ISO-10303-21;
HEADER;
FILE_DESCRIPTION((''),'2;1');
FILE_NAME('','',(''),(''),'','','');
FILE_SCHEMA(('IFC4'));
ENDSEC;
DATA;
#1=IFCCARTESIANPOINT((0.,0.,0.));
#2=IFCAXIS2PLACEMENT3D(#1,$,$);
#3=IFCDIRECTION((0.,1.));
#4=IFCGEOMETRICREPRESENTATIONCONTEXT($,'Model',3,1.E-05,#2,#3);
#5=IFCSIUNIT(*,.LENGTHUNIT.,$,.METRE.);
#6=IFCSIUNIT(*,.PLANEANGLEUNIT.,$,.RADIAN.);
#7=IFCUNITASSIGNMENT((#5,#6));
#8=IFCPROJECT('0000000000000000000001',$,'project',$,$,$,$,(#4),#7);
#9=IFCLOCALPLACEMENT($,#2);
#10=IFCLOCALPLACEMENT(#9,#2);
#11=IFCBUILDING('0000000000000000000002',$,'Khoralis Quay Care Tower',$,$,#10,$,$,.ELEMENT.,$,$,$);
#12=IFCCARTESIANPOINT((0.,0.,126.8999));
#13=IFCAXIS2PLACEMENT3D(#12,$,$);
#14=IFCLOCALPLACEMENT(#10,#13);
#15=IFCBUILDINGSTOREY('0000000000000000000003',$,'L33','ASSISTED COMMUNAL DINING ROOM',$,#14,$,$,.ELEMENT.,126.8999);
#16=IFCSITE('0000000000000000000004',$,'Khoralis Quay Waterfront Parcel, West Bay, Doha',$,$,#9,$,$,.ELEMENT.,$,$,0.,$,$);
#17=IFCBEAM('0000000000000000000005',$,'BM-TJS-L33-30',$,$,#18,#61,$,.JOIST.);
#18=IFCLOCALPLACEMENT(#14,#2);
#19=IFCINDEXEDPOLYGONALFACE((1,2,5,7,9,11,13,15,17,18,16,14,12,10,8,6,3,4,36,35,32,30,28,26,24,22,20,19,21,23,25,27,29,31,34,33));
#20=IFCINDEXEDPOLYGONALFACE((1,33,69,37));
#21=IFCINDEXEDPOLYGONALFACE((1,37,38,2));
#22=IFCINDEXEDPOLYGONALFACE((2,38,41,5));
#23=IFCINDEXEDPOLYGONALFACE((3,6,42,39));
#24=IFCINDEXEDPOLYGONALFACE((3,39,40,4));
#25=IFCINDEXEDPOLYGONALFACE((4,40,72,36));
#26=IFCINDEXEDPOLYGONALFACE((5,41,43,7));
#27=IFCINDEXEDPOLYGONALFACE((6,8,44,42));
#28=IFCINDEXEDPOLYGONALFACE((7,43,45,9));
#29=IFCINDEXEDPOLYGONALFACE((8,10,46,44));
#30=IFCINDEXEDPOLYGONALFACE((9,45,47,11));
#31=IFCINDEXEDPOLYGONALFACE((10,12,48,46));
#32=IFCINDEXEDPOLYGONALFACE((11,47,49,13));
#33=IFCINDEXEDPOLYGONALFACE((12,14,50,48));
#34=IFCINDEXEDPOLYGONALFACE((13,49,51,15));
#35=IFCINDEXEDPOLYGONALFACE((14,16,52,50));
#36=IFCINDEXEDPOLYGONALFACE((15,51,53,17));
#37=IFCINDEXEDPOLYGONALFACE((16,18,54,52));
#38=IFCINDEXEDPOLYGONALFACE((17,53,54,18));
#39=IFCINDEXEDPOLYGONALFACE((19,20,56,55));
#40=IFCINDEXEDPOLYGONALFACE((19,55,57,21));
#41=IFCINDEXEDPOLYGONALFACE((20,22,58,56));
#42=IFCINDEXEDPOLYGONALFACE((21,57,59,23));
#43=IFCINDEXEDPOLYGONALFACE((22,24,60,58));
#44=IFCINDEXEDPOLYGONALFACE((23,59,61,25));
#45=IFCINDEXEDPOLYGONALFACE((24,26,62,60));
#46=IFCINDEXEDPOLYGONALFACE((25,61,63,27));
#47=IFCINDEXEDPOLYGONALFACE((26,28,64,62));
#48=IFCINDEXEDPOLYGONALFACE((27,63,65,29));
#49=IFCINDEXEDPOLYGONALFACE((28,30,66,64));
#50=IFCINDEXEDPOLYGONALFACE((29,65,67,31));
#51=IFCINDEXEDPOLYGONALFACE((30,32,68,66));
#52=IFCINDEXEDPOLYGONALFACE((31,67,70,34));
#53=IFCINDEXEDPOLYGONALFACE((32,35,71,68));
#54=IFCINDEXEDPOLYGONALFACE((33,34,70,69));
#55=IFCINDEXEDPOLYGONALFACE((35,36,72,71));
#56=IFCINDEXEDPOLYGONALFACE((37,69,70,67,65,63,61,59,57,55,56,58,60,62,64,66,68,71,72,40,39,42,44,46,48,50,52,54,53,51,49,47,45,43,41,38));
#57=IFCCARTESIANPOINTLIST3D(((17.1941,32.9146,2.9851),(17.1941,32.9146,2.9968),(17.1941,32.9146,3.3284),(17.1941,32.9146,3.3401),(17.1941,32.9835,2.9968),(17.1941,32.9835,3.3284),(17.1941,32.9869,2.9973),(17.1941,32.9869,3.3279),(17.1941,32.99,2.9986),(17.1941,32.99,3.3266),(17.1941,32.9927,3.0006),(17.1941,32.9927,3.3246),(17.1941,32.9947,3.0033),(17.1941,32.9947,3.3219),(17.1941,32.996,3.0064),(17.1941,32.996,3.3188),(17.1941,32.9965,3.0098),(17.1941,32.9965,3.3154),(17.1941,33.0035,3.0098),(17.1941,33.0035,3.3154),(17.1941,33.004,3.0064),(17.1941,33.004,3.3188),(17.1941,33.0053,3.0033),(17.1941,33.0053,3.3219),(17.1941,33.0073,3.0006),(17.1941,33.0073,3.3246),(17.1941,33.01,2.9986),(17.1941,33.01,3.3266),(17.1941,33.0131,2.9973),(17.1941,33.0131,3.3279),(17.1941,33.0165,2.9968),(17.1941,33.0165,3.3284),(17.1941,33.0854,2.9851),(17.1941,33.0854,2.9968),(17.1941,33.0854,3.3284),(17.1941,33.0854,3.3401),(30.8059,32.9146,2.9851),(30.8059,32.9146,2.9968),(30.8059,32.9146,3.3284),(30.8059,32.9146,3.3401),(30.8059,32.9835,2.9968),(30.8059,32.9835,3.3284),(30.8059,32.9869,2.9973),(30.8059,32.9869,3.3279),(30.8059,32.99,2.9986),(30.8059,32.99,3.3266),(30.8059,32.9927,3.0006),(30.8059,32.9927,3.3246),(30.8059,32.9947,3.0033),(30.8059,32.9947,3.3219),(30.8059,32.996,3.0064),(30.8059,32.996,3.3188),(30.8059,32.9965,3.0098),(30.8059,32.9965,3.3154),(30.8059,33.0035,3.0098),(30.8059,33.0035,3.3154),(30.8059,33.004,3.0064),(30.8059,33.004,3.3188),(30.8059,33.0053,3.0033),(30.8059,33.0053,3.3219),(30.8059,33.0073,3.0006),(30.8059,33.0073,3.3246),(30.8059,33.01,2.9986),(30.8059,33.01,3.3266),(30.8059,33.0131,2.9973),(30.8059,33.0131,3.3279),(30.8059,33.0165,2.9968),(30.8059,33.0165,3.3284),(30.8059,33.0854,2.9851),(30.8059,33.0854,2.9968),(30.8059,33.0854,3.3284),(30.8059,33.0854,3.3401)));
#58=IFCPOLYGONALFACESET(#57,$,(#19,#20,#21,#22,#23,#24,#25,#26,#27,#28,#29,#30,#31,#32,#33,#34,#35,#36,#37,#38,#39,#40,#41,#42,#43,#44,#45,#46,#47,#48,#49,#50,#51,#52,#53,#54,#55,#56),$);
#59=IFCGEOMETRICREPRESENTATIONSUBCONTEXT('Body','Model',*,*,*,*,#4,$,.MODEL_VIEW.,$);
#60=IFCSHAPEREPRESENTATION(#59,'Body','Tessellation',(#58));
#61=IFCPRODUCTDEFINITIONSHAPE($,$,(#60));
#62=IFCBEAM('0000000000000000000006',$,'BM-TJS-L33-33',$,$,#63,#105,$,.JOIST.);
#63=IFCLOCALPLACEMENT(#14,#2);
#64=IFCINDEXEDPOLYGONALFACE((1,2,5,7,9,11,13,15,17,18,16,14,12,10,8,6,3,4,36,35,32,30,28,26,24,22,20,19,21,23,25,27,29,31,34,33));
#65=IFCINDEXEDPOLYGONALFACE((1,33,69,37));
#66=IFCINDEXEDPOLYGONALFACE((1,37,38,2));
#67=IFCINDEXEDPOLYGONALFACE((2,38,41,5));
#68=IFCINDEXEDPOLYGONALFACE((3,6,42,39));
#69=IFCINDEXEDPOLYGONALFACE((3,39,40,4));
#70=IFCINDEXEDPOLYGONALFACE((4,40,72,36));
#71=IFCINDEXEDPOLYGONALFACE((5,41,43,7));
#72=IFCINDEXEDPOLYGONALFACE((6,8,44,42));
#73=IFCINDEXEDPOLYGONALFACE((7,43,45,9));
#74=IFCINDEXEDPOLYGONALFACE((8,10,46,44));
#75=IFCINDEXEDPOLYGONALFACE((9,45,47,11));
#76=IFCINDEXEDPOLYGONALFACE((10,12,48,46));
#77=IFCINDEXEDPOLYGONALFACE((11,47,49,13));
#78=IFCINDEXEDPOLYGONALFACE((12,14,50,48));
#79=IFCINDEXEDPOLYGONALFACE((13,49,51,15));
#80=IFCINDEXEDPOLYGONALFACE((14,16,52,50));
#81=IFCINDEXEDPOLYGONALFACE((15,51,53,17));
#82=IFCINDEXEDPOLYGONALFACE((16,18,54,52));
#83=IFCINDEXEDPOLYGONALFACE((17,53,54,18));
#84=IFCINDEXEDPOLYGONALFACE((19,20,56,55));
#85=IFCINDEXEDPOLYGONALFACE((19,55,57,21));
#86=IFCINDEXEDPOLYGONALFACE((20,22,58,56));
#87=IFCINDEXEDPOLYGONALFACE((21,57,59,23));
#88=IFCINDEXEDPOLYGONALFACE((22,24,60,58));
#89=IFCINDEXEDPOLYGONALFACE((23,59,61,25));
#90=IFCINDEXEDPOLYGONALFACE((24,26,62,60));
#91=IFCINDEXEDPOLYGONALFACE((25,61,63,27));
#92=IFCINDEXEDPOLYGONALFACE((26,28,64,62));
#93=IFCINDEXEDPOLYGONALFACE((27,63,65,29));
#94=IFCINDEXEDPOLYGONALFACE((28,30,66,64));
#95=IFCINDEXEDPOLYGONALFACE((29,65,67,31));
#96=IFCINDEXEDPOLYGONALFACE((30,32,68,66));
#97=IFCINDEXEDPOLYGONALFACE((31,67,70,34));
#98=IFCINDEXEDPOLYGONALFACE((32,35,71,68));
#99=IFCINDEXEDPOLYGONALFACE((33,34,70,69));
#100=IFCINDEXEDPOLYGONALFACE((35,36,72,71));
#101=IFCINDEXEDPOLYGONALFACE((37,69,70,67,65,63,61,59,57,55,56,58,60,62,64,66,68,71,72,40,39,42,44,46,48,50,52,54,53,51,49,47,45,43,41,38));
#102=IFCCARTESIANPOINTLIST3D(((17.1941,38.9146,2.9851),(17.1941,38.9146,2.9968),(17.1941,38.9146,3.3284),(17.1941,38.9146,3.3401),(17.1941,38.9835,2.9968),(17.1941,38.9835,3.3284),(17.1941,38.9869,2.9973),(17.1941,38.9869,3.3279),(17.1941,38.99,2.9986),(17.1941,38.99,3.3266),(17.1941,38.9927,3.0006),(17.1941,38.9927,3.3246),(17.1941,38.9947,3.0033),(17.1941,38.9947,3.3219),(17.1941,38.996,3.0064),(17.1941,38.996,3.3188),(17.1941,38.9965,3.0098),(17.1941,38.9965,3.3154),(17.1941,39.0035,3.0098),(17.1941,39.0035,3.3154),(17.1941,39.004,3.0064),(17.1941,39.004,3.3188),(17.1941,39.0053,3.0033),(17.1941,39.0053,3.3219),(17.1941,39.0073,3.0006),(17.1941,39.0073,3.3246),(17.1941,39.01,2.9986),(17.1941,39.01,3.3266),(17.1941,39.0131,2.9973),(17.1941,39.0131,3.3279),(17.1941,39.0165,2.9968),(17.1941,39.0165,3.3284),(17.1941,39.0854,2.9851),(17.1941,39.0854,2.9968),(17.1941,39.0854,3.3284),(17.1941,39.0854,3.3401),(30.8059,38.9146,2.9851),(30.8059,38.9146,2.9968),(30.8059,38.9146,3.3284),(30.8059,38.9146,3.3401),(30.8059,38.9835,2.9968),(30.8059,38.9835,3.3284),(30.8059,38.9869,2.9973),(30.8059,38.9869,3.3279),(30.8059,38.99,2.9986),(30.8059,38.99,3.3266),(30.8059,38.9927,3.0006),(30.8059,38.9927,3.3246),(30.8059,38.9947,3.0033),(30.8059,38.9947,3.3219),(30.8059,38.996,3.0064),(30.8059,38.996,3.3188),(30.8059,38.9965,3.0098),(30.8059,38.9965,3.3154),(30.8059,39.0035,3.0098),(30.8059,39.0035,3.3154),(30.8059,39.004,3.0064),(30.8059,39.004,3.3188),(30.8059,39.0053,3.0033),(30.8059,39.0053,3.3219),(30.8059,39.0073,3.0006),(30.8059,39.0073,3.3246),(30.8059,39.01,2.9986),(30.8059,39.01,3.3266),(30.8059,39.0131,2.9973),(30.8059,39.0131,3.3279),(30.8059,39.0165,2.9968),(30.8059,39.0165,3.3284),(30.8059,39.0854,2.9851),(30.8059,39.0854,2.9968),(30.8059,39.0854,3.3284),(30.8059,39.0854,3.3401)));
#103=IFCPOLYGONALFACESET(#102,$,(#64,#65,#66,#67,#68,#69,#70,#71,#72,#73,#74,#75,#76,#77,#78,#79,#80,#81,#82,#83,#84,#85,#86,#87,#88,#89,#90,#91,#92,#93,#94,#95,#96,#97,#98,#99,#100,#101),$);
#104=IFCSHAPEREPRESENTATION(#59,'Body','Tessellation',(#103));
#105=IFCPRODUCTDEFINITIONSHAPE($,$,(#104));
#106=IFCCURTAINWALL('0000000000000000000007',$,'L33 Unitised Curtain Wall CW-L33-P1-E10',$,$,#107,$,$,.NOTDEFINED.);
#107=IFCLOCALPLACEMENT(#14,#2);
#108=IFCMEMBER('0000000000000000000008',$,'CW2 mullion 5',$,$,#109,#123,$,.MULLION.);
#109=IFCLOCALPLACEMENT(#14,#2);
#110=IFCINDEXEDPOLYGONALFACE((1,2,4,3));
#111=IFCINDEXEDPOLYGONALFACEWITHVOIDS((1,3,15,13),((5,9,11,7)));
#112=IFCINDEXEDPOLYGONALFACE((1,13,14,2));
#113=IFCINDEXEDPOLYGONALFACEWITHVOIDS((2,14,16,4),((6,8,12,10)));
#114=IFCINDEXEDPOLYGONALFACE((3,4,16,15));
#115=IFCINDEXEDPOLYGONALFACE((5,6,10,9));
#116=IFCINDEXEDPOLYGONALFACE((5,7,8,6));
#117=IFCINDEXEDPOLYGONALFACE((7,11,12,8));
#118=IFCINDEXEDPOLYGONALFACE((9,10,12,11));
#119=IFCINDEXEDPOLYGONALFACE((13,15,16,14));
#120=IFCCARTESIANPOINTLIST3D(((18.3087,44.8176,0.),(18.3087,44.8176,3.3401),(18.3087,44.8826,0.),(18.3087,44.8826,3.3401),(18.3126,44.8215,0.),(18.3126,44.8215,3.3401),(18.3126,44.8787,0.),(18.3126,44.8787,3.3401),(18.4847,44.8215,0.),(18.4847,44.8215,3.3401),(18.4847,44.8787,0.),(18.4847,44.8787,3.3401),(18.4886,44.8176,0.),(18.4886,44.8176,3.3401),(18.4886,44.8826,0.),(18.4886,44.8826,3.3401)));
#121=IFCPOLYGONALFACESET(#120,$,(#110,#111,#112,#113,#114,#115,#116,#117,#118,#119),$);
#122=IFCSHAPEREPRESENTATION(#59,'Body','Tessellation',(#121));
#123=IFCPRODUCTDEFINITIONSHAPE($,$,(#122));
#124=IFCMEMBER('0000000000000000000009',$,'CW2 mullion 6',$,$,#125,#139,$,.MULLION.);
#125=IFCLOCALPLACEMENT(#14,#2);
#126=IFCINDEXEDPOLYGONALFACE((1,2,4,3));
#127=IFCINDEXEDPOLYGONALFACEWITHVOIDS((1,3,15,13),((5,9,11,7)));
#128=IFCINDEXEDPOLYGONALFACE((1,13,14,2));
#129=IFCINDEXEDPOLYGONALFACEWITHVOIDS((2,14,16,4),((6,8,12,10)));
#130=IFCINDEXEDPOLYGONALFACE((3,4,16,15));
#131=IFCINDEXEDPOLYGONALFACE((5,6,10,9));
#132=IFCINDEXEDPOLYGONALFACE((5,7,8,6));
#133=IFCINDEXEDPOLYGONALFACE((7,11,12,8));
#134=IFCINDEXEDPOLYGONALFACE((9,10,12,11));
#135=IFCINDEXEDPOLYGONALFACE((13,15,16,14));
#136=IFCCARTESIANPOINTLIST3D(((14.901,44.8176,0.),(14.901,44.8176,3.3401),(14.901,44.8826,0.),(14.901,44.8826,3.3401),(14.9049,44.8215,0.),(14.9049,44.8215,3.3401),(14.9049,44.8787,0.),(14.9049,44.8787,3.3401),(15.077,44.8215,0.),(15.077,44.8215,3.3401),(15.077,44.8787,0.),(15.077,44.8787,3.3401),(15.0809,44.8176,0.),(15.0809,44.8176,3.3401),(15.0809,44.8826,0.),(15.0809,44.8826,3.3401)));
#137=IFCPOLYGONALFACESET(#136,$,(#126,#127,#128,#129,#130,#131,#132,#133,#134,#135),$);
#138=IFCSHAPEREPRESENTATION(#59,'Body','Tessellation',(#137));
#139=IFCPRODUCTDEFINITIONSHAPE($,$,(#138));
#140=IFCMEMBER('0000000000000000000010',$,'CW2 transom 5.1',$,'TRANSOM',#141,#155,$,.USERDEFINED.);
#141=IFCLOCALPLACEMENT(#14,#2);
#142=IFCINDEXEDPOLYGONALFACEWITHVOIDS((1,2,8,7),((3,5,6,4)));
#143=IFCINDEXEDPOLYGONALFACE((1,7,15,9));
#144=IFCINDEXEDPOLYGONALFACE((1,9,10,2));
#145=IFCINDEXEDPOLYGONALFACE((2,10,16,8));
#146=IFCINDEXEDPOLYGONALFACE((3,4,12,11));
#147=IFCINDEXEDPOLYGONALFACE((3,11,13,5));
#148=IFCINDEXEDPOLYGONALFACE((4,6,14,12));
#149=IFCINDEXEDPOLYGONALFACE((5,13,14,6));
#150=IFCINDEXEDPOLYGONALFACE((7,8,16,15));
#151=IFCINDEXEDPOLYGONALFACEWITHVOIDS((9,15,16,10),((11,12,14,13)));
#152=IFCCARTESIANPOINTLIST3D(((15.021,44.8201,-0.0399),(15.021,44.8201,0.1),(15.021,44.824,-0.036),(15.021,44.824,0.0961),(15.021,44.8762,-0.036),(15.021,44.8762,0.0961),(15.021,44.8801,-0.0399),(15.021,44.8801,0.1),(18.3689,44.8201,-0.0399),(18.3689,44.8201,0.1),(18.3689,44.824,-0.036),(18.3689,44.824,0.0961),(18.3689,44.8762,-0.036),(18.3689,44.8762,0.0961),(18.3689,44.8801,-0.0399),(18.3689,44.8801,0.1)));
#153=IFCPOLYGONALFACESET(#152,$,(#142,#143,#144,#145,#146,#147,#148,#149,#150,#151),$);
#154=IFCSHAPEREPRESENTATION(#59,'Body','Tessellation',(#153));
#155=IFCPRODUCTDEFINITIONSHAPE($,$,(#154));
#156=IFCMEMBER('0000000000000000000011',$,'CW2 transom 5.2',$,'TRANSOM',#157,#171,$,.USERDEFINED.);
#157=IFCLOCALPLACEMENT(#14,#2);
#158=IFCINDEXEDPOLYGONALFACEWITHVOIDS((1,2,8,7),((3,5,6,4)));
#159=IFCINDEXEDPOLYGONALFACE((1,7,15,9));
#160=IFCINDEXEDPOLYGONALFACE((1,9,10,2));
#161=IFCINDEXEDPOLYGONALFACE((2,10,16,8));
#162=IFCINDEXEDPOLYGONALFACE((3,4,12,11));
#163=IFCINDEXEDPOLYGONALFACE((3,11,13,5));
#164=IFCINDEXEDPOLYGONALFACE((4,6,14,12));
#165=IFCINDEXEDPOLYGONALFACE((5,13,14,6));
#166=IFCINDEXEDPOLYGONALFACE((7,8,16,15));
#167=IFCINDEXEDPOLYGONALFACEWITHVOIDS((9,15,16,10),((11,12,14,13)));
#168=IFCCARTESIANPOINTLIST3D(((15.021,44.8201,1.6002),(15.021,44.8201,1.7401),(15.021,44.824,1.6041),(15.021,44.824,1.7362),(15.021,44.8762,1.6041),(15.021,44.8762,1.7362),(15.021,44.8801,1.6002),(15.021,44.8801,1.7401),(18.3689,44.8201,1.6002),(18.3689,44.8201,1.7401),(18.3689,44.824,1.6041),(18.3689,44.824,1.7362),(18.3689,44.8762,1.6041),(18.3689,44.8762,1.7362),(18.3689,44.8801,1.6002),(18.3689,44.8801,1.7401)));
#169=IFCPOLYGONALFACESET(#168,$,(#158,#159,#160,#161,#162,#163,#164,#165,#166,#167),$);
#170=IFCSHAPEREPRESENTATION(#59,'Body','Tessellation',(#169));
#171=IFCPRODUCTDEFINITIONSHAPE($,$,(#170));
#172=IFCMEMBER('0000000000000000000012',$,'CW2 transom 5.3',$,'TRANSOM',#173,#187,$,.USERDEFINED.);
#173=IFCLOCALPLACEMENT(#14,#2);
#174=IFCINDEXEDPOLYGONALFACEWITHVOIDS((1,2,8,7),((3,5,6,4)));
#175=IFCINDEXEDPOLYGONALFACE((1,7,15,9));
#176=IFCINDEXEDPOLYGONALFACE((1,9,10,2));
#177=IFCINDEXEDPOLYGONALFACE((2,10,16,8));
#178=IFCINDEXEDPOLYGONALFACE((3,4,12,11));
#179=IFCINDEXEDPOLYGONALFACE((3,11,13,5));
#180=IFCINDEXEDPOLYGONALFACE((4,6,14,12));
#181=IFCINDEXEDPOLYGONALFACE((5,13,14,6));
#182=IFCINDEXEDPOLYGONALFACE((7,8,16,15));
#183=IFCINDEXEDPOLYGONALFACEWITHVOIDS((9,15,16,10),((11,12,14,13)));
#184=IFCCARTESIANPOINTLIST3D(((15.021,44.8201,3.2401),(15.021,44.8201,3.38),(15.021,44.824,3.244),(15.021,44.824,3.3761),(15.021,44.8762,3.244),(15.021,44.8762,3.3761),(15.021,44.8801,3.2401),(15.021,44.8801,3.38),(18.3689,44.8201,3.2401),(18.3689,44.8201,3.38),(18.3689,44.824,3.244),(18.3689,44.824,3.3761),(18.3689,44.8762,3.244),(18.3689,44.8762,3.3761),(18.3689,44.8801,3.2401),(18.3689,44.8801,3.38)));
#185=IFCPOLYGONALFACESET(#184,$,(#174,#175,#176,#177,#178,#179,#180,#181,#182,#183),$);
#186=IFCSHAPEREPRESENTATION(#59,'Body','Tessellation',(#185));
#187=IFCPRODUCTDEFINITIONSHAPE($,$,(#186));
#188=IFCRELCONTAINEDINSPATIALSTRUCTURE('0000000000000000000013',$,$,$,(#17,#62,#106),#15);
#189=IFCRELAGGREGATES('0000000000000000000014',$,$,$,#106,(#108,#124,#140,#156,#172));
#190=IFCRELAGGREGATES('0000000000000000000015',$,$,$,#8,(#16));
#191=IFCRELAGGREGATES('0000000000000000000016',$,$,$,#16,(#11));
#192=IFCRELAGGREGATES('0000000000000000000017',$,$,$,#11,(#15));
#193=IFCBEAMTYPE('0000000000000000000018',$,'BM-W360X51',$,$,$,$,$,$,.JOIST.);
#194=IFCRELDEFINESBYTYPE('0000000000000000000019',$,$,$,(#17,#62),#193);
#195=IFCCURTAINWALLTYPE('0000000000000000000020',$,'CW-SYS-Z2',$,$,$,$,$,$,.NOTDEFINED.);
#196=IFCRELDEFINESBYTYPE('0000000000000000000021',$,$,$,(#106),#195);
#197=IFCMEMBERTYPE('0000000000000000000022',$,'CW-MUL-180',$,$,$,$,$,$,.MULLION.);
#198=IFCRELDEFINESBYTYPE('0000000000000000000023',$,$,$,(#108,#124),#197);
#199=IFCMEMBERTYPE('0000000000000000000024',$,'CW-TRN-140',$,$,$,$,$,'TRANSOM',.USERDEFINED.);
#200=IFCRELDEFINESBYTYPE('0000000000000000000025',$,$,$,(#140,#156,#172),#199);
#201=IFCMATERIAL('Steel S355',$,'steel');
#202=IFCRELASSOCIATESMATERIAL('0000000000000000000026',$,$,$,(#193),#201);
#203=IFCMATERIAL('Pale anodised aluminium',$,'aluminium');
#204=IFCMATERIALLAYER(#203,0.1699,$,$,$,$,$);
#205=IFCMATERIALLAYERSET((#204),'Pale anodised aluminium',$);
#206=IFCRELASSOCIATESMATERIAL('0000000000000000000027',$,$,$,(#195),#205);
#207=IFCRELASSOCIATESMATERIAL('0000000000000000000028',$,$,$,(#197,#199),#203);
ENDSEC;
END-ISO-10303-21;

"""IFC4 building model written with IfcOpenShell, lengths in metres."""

from ifc_helpers import new_model, si_unit, direction, frame, origin, origin_2d, place, context, subcontext, project, spatial, hollow_rectangle, i_section, extrude, source, transform, mapped, material, layer, layer_set, material_profile, profile_set, type_object, element, aggregate, save


model = new_model("IFC4")

# Units and contexts
model_context = context("Model", 3, precision=1e-05, world=origin(), true_north=direction((0.0, 1.0)))
body_context = subcontext(model_context, "Body", "Model", "MODEL_VIEW")
ifc_project = project(units=[si_unit("LENGTHUNIT", "METRE"), si_unit("PLANEANGLEUNIT", "RADIAN")], contexts=[model_context])

# Site, building, storey
site_placement = place(None, origin())
site = spatial("IfcSite", under=ifc_project, at=site_placement, Name="Khoralis Quay Waterfront Parcel, West Bay, Doha", CompositionType="ELEMENT", RefElevation=0.0)
building_placement = place(site_placement, origin())
building = spatial("IfcBuilding", under=site, at=building_placement, Name="Khoralis Quay Care Tower", CompositionType="ELEMENT")
storey_placement = place(building_placement, frame((0.0, 0.0, 126.8999)))
storey = spatial("IfcBuildingStorey", under=building, at=storey_placement, Name="L33", Description="ASSISTED COMMUNAL DINING ROOM", CompositionType="ELEMENT", Elevation=126.8999)

# Beams
ifc_material_1 = material(Name="Steel S355", Category="steel")
ifc_material_profile_1 = material_profile(ifc_material_1, i_section(OverallWidth=0.1709, OverallDepth=0.355, WebThickness=0.0071, FlangeThickness=0.0117, FilletRadius=0.0129, at=origin_2d()), Name="Steel S355")
ifc_profile_set_1 = profile_set([ifc_material_profile_1], Name="Steel S355")
beam_type_1 = type_object("IfcBeamType", Name="BM-W360X51", PredefinedType="JOIST", material=ifc_profile_set_1)
shared_shape_1 = source(origin(), body_context, "Body", "SweptSolid", [
    extrude(i_section(OverallWidth=0.1709, OverallDepth=0.355, WebThickness=0.0071, FlangeThickness=0.0117, FilletRadius=0.0129, at=origin_2d()), origin(), (0.0, 0.0, 1.0), 13.6118),
])
for number, where, z_axis, x_axis, name in (
    (1, (17.1941, 33.0, 3.1626), (1.0, 0.0, 0.0), (0.0, 1.0, 0.0), "BM-TJS-L33-30"),
    (2, (17.1941, 39.0, 3.1626), (1.0, 0.0, 0.0), (0.0, 1.0, 0.0), "BM-TJS-L33-33"),
):
    element("IfcBeam", number, at=place(storey_placement, frame(where, z_axis=z_axis, x_axis=x_axis)), inside=storey, type_object=beam_type_1, Name=name, PredefinedType="JOIST", context=body_context, shape_type="MappedRepresentation", body=[
        mapped(shared_shape_1, transform((0.0, 0.0, 0.0), scale=1.0)),
    ])

# Curtain wall, members
ifc_material_2 = material(Name="Pale anodised aluminium", Category="aluminium")
ifc_layer_1 = layer(ifc_material_2, 0.1699)
ifc_layer_set_1 = layer_set([ifc_layer_1], Name="Pale anodised aluminium")
curtain_wall_type = type_object("IfcCurtainWallType", Name="CW-SYS-Z2", PredefinedType="NOTDEFINED", material=ifc_layer_set_1)
curtain_wall_placement = place(storey_placement, origin())
curtain_wall = element("IfcCurtainWall", 3, at=curtain_wall_placement, inside=storey, type_object=curtain_wall_type, Name="L33 Unitised Curtain Wall CW-L33-P1-E10", PredefinedType="NOTDEFINED")
ifc_material_profile_2 = material_profile(ifc_material_2, hollow_rectangle(XDim=0.0649, YDim=0.1799, WallThickness=0.0039, at=origin_2d()), Name="Pale anodised aluminium")
ifc_profile_set_2 = profile_set([ifc_material_profile_2], Name="Pale anodised aluminium")
member_type_1 = type_object("IfcMemberType", Name="CW-MUL-180", PredefinedType="MULLION", material=ifc_profile_set_2)
shared_shape_2 = source(origin(), body_context, "Body", "SweptSolid", [
    extrude(hollow_rectangle(XDim=0.0649, YDim=0.1799, WallThickness=0.0039, at=origin_2d()), origin(), (0.0, 0.0, 1.0), 3.3401),
])
member_1_placement = place(storey_placement, frame((18.3987, 44.8501, 0.0), z_axis=(0.0, 0.0, 1.0), x_axis=(0.0, -1.0, 0.0)))
member_1 = element("IfcMember", 4, at=member_1_placement, type_object=member_type_1, Name="CW2 mullion 5", PredefinedType="MULLION", context=body_context, shape_type="MappedRepresentation", body=[
    mapped(shared_shape_2, transform((0.0, 0.0, 0.0), scale=1.0)),
])
member_2_placement = place(storey_placement, frame((14.991, 44.8501, 0.0), z_axis=(0.0, 0.0, 1.0), x_axis=(0.0, -1.0, 0.0)))
member_2 = element("IfcMember", 5, at=member_2_placement, type_object=member_type_1, Name="CW2 mullion 6", PredefinedType="MULLION", context=body_context, shape_type="MappedRepresentation", body=[
    mapped(shared_shape_2, transform((0.0, 0.0, 0.0), scale=1.0)),
])
ifc_material_profile_3 = material_profile(ifc_material_2, hollow_rectangle(XDim=0.0601, YDim=0.1399, WallThickness=0.0039, at=origin_2d()), Name="Pale anodised aluminium")
ifc_profile_set_3 = profile_set([ifc_material_profile_3], Name="Pale anodised aluminium")
member_type_2 = type_object("IfcMemberType", Name="CW-TRN-140", ElementType="TRANSOM", PredefinedType="USERDEFINED", material=ifc_profile_set_3)
shared_shape_3 = source(origin(), body_context, "Body", "SweptSolid", [
    extrude(hollow_rectangle(XDim=0.0601, YDim=0.1399, WallThickness=0.0039, at=origin_2d()), origin(), (0.0, 0.0, 1.0), 3.3479),
])
member_3_placement = place(storey_placement, frame((18.3689, 44.8501, 0.03), z_axis=(-1.0, 0.0, 0.0), x_axis=(0.0, -1.0, 0.0)))
member_3 = element("IfcMember", 6, at=member_3_placement, type_object=member_type_2, Name="CW2 transom 5.1", ObjectType="TRANSOM", PredefinedType="USERDEFINED", context=body_context, shape_type="MappedRepresentation", body=[
    mapped(shared_shape_3, transform((0.0, 0.0, 0.0), scale=1.0)),
])
member_4_placement = place(storey_placement, frame((18.3689, 44.8501, 1.6702), z_axis=(-1.0, 0.0, 0.0), x_axis=(0.0, -1.0, 0.0)))
member_4 = element("IfcMember", 7, at=member_4_placement, type_object=member_type_2, Name="CW2 transom 5.2", ObjectType="TRANSOM", PredefinedType="USERDEFINED", context=body_context, shape_type="MappedRepresentation", body=[
    mapped(shared_shape_3, transform((0.0, 0.0, 0.0), scale=1.0)),
])
member_5_placement = place(storey_placement, frame((18.3689, 44.8501, 3.3101), z_axis=(-1.0, 0.0, 0.0), x_axis=(0.0, -1.0, 0.0)))
member_5 = element("IfcMember", 8, at=member_5_placement, type_object=member_type_2, Name="CW2 transom 5.3", ObjectType="TRANSOM", PredefinedType="USERDEFINED", context=body_context, shape_type="MappedRepresentation", body=[
    mapped(shared_shape_3, transform((0.0, 0.0, 0.0), scale=1.0)),
])
aggregate(curtain_wall, [member_1, member_2, member_3, member_4, member_5])

save(model, "model.ifc")
